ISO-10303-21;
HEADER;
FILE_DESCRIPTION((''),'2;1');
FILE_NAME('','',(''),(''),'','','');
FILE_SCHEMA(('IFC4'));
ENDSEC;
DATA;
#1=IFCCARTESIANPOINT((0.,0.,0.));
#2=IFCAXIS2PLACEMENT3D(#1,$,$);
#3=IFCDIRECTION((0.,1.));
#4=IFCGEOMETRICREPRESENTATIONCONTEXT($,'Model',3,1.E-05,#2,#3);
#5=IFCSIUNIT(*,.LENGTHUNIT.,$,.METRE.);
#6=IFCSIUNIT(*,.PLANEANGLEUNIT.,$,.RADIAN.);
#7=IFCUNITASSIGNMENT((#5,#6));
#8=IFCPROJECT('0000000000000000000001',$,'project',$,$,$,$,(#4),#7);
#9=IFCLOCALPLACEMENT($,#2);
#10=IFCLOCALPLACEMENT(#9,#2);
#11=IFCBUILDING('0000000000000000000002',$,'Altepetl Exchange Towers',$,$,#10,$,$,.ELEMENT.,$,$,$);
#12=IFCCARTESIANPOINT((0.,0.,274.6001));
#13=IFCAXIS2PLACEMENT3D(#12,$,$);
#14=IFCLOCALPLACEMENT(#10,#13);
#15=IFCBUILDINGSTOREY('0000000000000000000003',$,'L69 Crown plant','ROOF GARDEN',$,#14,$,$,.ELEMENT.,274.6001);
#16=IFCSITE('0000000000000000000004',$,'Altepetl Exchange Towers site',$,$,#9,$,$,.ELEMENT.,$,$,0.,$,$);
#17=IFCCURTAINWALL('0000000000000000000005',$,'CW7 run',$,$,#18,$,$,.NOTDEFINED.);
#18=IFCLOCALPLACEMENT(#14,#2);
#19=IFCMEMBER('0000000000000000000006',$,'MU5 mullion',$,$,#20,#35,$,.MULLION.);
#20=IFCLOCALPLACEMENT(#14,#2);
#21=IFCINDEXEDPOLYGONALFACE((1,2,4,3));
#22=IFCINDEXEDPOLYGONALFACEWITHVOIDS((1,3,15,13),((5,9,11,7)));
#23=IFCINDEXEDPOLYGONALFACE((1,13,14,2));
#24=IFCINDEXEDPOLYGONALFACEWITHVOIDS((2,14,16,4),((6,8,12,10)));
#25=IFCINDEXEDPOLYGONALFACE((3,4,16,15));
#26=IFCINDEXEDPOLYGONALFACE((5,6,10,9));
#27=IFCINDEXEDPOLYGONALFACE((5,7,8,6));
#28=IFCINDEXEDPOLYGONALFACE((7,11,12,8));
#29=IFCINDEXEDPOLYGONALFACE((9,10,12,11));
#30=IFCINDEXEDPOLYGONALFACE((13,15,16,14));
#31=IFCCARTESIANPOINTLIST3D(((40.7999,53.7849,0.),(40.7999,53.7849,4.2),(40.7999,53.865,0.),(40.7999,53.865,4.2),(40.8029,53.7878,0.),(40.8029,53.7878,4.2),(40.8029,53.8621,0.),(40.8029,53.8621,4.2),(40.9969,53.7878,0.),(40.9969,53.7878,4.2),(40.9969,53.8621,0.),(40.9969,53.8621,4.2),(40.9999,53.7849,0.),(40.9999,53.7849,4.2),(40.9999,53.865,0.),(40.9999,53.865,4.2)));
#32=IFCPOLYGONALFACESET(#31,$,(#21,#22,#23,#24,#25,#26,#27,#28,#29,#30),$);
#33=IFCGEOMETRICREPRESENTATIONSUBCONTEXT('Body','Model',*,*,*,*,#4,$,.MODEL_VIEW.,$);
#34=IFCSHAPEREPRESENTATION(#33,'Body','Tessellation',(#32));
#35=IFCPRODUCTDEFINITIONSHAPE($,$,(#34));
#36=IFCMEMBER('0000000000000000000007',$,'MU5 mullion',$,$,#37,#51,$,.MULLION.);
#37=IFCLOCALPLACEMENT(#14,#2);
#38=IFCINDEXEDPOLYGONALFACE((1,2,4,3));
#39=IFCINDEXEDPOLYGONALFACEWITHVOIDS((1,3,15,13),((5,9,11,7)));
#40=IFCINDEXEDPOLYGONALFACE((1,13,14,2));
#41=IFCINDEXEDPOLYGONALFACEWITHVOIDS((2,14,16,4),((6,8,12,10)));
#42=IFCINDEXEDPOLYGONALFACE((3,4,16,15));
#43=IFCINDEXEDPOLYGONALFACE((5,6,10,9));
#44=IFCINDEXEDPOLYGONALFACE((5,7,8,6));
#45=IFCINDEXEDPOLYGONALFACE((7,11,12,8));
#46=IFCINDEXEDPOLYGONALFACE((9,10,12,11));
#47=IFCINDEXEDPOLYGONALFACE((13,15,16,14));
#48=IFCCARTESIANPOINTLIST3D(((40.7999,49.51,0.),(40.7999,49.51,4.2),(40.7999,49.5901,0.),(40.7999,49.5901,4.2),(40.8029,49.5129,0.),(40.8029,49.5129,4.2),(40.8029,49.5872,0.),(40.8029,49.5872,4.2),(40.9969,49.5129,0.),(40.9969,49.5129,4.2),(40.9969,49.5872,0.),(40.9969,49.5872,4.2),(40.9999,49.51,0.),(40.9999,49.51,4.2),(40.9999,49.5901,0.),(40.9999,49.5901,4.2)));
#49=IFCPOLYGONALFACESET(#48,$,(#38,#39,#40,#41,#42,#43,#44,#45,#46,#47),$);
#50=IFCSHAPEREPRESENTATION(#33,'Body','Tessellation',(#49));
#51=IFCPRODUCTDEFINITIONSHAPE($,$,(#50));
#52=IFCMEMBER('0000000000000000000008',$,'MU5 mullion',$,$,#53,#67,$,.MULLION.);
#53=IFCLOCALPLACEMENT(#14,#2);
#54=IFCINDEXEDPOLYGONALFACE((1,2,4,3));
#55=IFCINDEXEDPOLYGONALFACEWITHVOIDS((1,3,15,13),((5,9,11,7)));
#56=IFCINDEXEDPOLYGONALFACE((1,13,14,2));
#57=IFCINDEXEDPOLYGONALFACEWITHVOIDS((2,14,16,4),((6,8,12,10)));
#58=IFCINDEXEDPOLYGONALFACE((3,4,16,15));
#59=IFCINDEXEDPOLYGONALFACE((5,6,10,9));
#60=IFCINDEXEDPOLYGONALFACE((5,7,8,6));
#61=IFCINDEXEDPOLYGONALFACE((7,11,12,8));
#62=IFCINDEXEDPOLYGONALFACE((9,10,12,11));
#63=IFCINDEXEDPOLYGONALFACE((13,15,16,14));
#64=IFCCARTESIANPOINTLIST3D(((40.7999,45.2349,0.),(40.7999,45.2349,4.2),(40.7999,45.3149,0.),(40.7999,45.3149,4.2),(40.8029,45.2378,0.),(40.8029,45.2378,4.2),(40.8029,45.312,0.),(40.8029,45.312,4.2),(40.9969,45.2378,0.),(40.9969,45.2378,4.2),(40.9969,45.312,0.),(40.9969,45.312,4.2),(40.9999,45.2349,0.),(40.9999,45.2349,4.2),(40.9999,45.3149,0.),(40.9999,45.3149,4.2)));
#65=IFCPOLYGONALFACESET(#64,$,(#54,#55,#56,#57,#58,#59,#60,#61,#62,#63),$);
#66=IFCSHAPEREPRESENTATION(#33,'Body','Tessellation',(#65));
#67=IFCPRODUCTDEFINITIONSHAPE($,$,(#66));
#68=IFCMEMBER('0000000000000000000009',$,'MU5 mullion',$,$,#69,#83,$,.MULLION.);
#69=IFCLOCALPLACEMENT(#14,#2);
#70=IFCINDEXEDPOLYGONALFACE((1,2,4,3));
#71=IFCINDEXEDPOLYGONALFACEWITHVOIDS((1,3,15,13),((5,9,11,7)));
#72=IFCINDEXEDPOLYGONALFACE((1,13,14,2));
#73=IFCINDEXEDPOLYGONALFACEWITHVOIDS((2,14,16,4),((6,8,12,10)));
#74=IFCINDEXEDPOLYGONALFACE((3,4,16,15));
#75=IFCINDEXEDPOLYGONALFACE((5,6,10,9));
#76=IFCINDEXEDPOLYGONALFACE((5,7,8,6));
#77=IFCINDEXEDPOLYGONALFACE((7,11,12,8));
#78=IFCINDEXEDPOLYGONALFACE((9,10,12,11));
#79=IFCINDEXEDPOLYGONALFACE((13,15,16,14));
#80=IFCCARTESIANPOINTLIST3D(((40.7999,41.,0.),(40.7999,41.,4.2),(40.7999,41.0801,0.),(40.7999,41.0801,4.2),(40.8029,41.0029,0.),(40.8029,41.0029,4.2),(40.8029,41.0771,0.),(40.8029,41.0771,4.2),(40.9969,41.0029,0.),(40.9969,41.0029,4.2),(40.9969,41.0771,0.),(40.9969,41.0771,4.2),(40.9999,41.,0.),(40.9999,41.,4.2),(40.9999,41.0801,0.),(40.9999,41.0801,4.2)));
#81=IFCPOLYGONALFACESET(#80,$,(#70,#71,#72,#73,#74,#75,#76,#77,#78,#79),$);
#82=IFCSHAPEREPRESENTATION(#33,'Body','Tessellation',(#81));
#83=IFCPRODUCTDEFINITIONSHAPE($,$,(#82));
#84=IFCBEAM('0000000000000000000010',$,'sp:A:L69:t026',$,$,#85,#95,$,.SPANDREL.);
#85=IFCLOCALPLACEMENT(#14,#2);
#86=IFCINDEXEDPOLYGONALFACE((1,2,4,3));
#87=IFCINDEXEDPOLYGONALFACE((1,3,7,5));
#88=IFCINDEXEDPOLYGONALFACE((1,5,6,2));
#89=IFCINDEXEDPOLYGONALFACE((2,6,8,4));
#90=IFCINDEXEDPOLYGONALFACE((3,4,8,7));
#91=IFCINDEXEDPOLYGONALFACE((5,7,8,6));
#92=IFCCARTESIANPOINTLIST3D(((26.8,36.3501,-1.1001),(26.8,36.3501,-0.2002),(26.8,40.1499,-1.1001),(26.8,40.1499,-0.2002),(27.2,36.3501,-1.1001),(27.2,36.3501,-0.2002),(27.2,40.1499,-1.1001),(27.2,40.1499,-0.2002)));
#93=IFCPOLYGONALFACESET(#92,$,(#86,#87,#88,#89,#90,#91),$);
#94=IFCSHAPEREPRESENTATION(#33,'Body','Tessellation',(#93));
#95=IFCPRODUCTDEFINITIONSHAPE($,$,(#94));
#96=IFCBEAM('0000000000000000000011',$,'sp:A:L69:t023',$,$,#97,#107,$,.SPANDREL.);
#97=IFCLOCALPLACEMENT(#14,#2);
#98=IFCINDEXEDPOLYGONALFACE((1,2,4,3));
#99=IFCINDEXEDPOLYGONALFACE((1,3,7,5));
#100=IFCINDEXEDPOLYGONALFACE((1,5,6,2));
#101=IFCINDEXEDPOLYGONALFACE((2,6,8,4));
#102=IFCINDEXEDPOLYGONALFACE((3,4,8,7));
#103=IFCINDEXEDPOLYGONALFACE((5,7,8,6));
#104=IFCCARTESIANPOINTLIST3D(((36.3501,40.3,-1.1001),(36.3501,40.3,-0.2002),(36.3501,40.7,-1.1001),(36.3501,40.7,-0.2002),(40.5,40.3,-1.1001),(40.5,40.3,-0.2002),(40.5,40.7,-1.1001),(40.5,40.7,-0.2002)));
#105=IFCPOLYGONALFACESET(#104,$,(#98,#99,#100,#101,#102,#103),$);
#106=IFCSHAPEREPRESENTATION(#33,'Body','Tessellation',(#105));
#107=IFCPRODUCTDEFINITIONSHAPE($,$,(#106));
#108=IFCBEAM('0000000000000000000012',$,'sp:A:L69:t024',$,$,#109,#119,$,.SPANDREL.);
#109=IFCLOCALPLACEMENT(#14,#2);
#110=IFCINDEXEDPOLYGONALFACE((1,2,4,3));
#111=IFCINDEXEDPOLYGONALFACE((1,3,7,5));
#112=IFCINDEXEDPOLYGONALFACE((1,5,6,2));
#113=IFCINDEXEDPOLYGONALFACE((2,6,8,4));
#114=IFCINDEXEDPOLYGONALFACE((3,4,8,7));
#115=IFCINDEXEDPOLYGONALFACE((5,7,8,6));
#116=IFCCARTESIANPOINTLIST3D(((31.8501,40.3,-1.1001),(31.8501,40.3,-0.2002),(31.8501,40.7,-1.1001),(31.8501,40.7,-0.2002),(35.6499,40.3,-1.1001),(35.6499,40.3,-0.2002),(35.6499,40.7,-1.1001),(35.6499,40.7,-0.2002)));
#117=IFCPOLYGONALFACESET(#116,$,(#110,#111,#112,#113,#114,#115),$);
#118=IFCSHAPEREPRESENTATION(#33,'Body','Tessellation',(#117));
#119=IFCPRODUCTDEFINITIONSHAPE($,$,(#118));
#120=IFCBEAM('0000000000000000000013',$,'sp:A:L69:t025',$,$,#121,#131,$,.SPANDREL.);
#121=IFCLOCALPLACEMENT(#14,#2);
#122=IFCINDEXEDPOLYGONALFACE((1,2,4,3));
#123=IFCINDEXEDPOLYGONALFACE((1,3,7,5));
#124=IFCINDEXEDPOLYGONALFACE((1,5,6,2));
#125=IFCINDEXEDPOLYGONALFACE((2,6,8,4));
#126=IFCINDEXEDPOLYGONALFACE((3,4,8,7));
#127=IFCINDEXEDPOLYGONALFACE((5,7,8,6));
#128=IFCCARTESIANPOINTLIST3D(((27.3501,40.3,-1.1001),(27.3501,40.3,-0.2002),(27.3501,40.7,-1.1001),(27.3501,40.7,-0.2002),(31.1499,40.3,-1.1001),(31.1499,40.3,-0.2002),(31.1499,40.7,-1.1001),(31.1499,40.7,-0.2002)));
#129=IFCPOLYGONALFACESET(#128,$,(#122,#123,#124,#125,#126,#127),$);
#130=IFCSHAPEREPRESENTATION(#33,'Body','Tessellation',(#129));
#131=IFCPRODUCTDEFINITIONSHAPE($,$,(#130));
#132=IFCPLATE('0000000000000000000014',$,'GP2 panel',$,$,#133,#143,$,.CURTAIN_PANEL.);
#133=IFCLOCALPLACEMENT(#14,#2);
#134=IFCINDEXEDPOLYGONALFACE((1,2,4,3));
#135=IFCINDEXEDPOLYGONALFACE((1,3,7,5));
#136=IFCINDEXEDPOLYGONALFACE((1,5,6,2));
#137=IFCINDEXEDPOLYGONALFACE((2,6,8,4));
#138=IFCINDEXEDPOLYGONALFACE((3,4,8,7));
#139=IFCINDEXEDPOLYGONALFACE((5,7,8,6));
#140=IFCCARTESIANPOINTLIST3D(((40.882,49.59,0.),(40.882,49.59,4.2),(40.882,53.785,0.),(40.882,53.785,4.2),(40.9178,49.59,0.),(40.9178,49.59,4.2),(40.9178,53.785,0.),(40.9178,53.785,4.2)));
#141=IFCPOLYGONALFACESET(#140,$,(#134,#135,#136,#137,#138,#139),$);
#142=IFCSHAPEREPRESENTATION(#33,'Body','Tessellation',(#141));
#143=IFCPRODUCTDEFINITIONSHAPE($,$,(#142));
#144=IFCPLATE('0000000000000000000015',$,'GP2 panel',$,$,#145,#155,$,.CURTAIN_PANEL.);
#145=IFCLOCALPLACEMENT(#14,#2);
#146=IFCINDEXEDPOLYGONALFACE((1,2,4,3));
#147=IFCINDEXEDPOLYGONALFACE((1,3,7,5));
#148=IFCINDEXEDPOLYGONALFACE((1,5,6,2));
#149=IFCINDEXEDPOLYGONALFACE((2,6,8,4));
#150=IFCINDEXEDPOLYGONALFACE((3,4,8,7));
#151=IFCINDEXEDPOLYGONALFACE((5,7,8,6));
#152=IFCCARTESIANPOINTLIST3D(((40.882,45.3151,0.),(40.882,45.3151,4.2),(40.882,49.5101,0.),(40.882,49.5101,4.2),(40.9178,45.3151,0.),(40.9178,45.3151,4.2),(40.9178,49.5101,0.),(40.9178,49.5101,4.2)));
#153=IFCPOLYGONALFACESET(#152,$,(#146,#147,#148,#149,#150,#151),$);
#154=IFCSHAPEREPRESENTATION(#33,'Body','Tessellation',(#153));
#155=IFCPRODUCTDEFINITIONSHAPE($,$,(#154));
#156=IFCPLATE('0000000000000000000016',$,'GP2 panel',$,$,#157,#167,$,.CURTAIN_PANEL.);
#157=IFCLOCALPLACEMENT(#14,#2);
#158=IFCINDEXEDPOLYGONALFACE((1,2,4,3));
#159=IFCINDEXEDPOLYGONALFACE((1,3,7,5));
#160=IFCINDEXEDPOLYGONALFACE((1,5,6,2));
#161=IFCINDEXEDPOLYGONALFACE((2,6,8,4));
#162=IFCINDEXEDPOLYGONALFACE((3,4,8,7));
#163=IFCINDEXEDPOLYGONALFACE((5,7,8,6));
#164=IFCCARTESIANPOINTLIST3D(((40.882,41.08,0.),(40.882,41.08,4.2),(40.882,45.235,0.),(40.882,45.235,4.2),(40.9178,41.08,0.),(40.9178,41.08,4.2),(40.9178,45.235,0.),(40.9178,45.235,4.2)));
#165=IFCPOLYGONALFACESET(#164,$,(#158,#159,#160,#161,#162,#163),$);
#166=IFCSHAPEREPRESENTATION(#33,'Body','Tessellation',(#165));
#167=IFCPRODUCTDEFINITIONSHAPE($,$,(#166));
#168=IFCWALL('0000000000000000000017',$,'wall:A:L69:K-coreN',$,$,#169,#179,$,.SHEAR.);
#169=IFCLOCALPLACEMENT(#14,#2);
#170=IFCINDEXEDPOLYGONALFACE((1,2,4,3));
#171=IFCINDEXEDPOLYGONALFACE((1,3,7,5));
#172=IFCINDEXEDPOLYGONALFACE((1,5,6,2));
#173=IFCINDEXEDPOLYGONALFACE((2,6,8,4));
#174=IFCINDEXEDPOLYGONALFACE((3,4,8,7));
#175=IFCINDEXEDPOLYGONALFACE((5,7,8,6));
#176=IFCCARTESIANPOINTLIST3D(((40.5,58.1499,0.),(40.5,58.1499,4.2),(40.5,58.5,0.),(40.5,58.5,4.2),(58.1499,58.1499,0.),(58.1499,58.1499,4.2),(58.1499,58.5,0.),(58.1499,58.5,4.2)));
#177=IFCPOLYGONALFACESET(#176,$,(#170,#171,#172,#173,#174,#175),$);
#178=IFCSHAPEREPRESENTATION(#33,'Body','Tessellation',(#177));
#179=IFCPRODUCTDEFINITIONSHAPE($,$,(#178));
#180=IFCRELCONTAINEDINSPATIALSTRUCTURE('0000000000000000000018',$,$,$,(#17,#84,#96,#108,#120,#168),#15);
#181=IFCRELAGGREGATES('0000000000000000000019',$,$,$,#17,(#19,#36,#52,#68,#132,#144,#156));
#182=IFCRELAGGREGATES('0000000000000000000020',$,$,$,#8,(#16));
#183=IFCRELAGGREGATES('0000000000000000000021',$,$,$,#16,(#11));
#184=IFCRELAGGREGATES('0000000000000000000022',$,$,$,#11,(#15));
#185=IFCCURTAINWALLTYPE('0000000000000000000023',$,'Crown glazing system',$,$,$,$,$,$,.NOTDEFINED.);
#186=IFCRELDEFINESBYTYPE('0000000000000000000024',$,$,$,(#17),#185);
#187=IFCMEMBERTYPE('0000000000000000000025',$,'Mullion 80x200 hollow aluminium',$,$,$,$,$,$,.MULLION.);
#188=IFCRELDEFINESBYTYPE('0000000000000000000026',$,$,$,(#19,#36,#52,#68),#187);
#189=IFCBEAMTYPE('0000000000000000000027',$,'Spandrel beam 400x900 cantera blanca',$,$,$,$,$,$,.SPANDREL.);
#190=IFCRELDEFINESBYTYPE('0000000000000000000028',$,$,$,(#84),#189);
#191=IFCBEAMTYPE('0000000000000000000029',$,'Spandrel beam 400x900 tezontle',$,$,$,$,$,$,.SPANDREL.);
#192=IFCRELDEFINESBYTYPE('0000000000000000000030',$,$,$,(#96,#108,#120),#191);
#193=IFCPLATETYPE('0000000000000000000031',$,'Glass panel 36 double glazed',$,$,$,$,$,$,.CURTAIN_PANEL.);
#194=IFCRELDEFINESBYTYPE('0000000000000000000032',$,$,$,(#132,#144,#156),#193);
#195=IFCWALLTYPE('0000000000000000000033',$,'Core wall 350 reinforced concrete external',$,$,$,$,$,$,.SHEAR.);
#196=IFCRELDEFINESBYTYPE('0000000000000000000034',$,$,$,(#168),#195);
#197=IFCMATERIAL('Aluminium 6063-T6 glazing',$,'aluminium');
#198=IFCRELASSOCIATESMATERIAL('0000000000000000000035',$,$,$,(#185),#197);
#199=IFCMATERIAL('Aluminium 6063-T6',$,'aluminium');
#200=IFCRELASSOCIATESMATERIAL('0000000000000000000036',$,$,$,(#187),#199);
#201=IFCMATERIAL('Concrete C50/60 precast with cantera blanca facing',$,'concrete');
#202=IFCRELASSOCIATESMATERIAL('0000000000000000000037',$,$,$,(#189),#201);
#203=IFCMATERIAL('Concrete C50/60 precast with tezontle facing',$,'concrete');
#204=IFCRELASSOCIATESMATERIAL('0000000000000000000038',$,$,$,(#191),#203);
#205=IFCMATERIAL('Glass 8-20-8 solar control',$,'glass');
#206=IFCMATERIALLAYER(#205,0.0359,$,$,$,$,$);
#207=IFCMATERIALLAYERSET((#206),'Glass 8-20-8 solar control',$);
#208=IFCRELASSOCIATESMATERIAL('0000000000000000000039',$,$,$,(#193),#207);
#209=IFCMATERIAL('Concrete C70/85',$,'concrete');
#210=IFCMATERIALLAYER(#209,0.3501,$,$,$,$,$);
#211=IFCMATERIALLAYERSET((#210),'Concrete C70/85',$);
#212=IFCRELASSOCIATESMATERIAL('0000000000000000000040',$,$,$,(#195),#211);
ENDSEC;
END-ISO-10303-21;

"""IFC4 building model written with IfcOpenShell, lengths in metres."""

from ifc_helpers import new_model, si_unit, direction, frame, frame_2d, origin, origin_2d, place, context, subcontext, project, spatial, rectangle, hollow_rectangle, extrude, material, layer, layer_set, material_profile, profile_set, type_object, element, aggregate, save


model = new_model("IFC4")

# Units and contexts
model_context = context("Model", 3, precision=1e-05, world=origin(), true_north=direction((0.0, 1.0)))
body_context = subcontext(model_context, "Body", "Model", "MODEL_VIEW")
ifc_project = project(units=[si_unit("LENGTHUNIT", "METRE"), si_unit("PLANEANGLEUNIT", "RADIAN")], contexts=[model_context])

# Site, building, storey
site_placement = place(None, origin())
site = spatial("IfcSite", under=ifc_project, at=site_placement, Name="Altepetl Exchange Towers site", CompositionType="ELEMENT", RefElevation=0.0)
building_placement = place(site_placement, origin())
building = spatial("IfcBuilding", under=site, at=building_placement, Name="Altepetl Exchange Towers", CompositionType="ELEMENT")
storey_placement = place(building_placement, frame((0.0, 0.0, 274.6001)))
storey = spatial("IfcBuildingStorey", under=building, at=storey_placement, Name="L69 Crown plant", Description="ROOF GARDEN", CompositionType="ELEMENT", Elevation=274.6001)

# Curtain wall, members
ifc_material_1 = material(Name="Aluminium 6063-T6 glazing", Category="aluminium")
curtain_wall_type = type_object("IfcCurtainWallType", Name="Crown glazing system", PredefinedType="NOTDEFINED", material=ifc_material_1)
curtain_wall_placement = place(storey_placement, origin())
curtain_wall = element("IfcCurtainWall", 1, at=curtain_wall_placement, inside=storey, type_object=curtain_wall_type, Name="CW7 run", PredefinedType="NOTDEFINED")
ifc_material_2 = material(Name="Aluminium 6063-T6", Category="aluminium")
ifc_material_profile_1 = material_profile(ifc_material_2, hollow_rectangle(XDim=0.0801, YDim=0.2, WallThickness=0.0029, at=origin_2d()), Name="Mullion 80x200 hollow aluminium")
ifc_profile_set_1 = profile_set([ifc_material_profile_1], Name="Aluminium 6063-T6")
member_type = type_object("IfcMemberType", Name="Mullion 80x200 hollow aluminium", PredefinedType="MULLION", material=ifc_profile_set_1)
member_1_placement = place(storey_placement, frame((40.8999, 53.825, 0.0), z_axis=(0.0, 0.0, 1.0), x_axis=(0.0, -1.0, 0.0)))
member_1 = element("IfcMember", 2, at=member_1_placement, type_object=member_type, Name="MU5 mullion", PredefinedType="MULLION", context=body_context, shape_type="SweptSolid", body=[
    extrude(hollow_rectangle(XDim=0.0801, YDim=0.2, WallThickness=0.0029, at=origin_2d()), origin(), (0.0, 0.0, 1.0), 4.2),
])
member_2_placement = place(storey_placement, frame((40.8999, 49.55, 0.0), z_axis=(0.0, 0.0, 1.0), x_axis=(0.0, -1.0, 0.0)))
member_2 = element("IfcMember", 3, at=member_2_placement, type_object=member_type, Name="MU5 mullion", PredefinedType="MULLION", context=body_context, shape_type="SweptSolid", body=[
    extrude(hollow_rectangle(XDim=0.0801, YDim=0.2, WallThickness=0.0029, at=origin_2d()), origin(), (0.0, 0.0, 1.0), 4.2),
])
member_3_placement = place(storey_placement, frame((40.8999, 45.2749, 0.0), z_axis=(0.0, 0.0, 1.0), x_axis=(0.0, -1.0, 0.0)))
member_3 = element("IfcMember", 4, at=member_3_placement, type_object=member_type, Name="MU5 mullion", PredefinedType="MULLION", context=body_context, shape_type="SweptSolid", body=[
    extrude(hollow_rectangle(XDim=0.0801, YDim=0.2, WallThickness=0.0029, at=origin_2d()), origin(), (0.0, 0.0, 1.0), 4.2),
])
member_4_placement = place(storey_placement, frame((40.8999, 41.04, 0.0), z_axis=(0.0, 0.0, 1.0), x_axis=(0.0, -1.0, 0.0)))
member_4 = element("IfcMember", 5, at=member_4_placement, type_object=member_type, Name="MU5 mullion", PredefinedType="MULLION", context=body_context, shape_type="SweptSolid", body=[
    extrude(hollow_rectangle(XDim=0.0801, YDim=0.2, WallThickness=0.0029, at=origin_2d()), origin(), (0.0, 0.0, 1.0), 4.2),
])

# Beams
ifc_material_3 = material(Name="Concrete C50/60 precast with cantera blanca facing", Category="concrete")
ifc_material_profile_2 = material_profile(ifc_material_3, rectangle(XDim=0.3999, YDim=0.8999, at=origin_2d()), Name="400 x 900")
ifc_profile_set_2 = profile_set([ifc_material_profile_2], Name="Concrete C50/60 precast with cantera blanca facing")
beam_type_1 = type_object("IfcBeamType", Name="Spandrel beam 400x900 cantera blanca", PredefinedType="SPANDREL", material=ifc_profile_set_2)
beam_1_placement = place(storey_placement, frame((27.0, 40.1499, -0.6501), z_axis=(0.0, -1.0, 0.0), x_axis=(1.0, 0.0, 0.0)))
element("IfcBeam", 6, at=beam_1_placement, inside=storey, type_object=beam_type_1, Name="sp:A:L69:t026", PredefinedType="SPANDREL", context=body_context, shape_type="SweptSolid", body=[
    extrude(rectangle(XDim=0.3999, YDim=0.8999, at=origin_2d()), origin(), (0.0, 0.0, 1.0), 3.7998),
])
ifc_material_4 = material(Name="Concrete C50/60 precast with tezontle facing", Category="concrete")
ifc_material_profile_3 = material_profile(ifc_material_4, rectangle(XDim=0.3999, YDim=0.8999, at=origin_2d()), Name="400 x 900")
ifc_profile_set_3 = profile_set([ifc_material_profile_3], Name="Concrete C50/60 precast with tezontle facing")
beam_type_2 = type_object("IfcBeamType", Name="Spandrel beam 400x900 tezontle", PredefinedType="SPANDREL", material=ifc_profile_set_3)
beam_2_placement = place(storey_placement, frame((40.5, 40.5, -0.6501), z_axis=(-1.0, 0.0, 0.0), x_axis=(0.0, -1.0, 0.0)))
element("IfcBeam", 7, at=beam_2_placement, inside=storey, type_object=beam_type_2, Name="sp:A:L69:t023", PredefinedType="SPANDREL", context=body_context, shape_type="SweptSolid", body=[
    extrude(rectangle(XDim=0.3999, YDim=0.8999, at=origin_2d()), origin(), (0.0, 0.0, 1.0), 4.1499),
])
for number, where, z_axis, x_axis, name in (
    (8, (35.6499, 40.5, -0.6501), (-1.0, 0.0, 0.0), (0.0, -1.0, 0.0), "sp:A:L69:t024"),
    (9, (31.1499, 40.5, -0.6501), (-1.0, 0.0, 0.0), (0.0, -1.0, 0.0), "sp:A:L69:t025"),
):
    element("IfcBeam", number, at=place(storey_placement, frame(where, z_axis=z_axis, x_axis=x_axis)), inside=storey, type_object=beam_type_2, Name=name, PredefinedType="SPANDREL", context=body_context, shape_type="SweptSolid", body=[
        extrude(rectangle(XDim=0.3999, YDim=0.8999, at=origin_2d()), origin(), (0.0, 0.0, 1.0), 3.7998),
    ])

# Plates
ifc_material_5 = material(Name="Glass 8-20-8 solar control", Category="glass")
ifc_layer_1 = layer(ifc_material_5, 0.0359)
ifc_layer_set_1 = layer_set([ifc_layer_1], Name="Glass 8-20-8 solar control")
plate_type = type_object("IfcPlateType", Name="Glass panel 36 double glazed", PredefinedType="CURTAIN_PANEL", material=ifc_layer_set_1)
plate_1_placement = place(storey_placement, frame((40.8999, 51.6875, 0.0), z_axis=(0.0, 0.0, 1.0), x_axis=(0.0, -1.0, 0.0)))
plate_1 = element("IfcPlate", 10, at=plate_1_placement, type_object=plate_type, Name="GP2 panel", PredefinedType="CURTAIN_PANEL", context=body_context, shape_type="SweptSolid", body=[
    extrude(rectangle(XDim=4.1951, YDim=0.0359, at=origin_2d()), origin(), (0.0, 0.0, 1.0), 4.2),
])
plate_2_placement = place(storey_placement, frame((40.8999, 47.4126, 0.0), z_axis=(0.0, 0.0, 1.0), x_axis=(0.0, -1.0, 0.0)))
plate_2 = element("IfcPlate", 11, at=plate_2_placement, type_object=plate_type, Name="GP2 panel", PredefinedType="CURTAIN_PANEL", context=body_context, shape_type="SweptSolid", body=[
    extrude(rectangle(XDim=4.1951, YDim=0.0359, at=origin_2d()), origin(), (0.0, 0.0, 1.0), 4.2),
])
plate_3_placement = place(storey_placement, frame((40.8999, 43.1575, 0.0), z_axis=(0.0, 0.0, 1.0), x_axis=(0.0, -1.0, 0.0)))
plate_3 = element("IfcPlate", 12, at=plate_3_placement, type_object=plate_type, Name="GP2 panel", PredefinedType="CURTAIN_PANEL", context=body_context, shape_type="SweptSolid", body=[
    extrude(rectangle(XDim=4.155, YDim=0.0359, at=origin_2d()), origin(), (0.0, 0.0, 1.0), 4.2),
])
aggregate(curtain_wall, [member_1, member_2, member_3, member_4, plate_1, plate_2, plate_3])

# Wall
ifc_material_6 = material(Name="Concrete C70/85", Category="concrete")
ifc_layer_2 = layer(ifc_material_6, 0.3501)
ifc_layer_set_2 = layer_set([ifc_layer_2], Name="Concrete C70/85")
wall_type_1 = type_object("IfcWallType", Name="Core wall 350 reinforced concrete external", PredefinedType="SHEAR", material=ifc_layer_set_2)
wall_1_placement = place(storey_placement, frame((40.5, 58.325, 0.0)))
element("IfcWall", 13, at=wall_1_placement, inside=storey, type_object=wall_type_1, Name="wall:A:L69:K-coreN", PredefinedType="SHEAR", context=body_context, shape_type="SweptSolid", body=[
    extrude(rectangle(XDim=17.6499, YDim=0.3501, at=frame_2d((8.825, 0.0))), origin(), (0.0, 0.0, 1.0), 4.2),
])

save(model, "model.ifc")
